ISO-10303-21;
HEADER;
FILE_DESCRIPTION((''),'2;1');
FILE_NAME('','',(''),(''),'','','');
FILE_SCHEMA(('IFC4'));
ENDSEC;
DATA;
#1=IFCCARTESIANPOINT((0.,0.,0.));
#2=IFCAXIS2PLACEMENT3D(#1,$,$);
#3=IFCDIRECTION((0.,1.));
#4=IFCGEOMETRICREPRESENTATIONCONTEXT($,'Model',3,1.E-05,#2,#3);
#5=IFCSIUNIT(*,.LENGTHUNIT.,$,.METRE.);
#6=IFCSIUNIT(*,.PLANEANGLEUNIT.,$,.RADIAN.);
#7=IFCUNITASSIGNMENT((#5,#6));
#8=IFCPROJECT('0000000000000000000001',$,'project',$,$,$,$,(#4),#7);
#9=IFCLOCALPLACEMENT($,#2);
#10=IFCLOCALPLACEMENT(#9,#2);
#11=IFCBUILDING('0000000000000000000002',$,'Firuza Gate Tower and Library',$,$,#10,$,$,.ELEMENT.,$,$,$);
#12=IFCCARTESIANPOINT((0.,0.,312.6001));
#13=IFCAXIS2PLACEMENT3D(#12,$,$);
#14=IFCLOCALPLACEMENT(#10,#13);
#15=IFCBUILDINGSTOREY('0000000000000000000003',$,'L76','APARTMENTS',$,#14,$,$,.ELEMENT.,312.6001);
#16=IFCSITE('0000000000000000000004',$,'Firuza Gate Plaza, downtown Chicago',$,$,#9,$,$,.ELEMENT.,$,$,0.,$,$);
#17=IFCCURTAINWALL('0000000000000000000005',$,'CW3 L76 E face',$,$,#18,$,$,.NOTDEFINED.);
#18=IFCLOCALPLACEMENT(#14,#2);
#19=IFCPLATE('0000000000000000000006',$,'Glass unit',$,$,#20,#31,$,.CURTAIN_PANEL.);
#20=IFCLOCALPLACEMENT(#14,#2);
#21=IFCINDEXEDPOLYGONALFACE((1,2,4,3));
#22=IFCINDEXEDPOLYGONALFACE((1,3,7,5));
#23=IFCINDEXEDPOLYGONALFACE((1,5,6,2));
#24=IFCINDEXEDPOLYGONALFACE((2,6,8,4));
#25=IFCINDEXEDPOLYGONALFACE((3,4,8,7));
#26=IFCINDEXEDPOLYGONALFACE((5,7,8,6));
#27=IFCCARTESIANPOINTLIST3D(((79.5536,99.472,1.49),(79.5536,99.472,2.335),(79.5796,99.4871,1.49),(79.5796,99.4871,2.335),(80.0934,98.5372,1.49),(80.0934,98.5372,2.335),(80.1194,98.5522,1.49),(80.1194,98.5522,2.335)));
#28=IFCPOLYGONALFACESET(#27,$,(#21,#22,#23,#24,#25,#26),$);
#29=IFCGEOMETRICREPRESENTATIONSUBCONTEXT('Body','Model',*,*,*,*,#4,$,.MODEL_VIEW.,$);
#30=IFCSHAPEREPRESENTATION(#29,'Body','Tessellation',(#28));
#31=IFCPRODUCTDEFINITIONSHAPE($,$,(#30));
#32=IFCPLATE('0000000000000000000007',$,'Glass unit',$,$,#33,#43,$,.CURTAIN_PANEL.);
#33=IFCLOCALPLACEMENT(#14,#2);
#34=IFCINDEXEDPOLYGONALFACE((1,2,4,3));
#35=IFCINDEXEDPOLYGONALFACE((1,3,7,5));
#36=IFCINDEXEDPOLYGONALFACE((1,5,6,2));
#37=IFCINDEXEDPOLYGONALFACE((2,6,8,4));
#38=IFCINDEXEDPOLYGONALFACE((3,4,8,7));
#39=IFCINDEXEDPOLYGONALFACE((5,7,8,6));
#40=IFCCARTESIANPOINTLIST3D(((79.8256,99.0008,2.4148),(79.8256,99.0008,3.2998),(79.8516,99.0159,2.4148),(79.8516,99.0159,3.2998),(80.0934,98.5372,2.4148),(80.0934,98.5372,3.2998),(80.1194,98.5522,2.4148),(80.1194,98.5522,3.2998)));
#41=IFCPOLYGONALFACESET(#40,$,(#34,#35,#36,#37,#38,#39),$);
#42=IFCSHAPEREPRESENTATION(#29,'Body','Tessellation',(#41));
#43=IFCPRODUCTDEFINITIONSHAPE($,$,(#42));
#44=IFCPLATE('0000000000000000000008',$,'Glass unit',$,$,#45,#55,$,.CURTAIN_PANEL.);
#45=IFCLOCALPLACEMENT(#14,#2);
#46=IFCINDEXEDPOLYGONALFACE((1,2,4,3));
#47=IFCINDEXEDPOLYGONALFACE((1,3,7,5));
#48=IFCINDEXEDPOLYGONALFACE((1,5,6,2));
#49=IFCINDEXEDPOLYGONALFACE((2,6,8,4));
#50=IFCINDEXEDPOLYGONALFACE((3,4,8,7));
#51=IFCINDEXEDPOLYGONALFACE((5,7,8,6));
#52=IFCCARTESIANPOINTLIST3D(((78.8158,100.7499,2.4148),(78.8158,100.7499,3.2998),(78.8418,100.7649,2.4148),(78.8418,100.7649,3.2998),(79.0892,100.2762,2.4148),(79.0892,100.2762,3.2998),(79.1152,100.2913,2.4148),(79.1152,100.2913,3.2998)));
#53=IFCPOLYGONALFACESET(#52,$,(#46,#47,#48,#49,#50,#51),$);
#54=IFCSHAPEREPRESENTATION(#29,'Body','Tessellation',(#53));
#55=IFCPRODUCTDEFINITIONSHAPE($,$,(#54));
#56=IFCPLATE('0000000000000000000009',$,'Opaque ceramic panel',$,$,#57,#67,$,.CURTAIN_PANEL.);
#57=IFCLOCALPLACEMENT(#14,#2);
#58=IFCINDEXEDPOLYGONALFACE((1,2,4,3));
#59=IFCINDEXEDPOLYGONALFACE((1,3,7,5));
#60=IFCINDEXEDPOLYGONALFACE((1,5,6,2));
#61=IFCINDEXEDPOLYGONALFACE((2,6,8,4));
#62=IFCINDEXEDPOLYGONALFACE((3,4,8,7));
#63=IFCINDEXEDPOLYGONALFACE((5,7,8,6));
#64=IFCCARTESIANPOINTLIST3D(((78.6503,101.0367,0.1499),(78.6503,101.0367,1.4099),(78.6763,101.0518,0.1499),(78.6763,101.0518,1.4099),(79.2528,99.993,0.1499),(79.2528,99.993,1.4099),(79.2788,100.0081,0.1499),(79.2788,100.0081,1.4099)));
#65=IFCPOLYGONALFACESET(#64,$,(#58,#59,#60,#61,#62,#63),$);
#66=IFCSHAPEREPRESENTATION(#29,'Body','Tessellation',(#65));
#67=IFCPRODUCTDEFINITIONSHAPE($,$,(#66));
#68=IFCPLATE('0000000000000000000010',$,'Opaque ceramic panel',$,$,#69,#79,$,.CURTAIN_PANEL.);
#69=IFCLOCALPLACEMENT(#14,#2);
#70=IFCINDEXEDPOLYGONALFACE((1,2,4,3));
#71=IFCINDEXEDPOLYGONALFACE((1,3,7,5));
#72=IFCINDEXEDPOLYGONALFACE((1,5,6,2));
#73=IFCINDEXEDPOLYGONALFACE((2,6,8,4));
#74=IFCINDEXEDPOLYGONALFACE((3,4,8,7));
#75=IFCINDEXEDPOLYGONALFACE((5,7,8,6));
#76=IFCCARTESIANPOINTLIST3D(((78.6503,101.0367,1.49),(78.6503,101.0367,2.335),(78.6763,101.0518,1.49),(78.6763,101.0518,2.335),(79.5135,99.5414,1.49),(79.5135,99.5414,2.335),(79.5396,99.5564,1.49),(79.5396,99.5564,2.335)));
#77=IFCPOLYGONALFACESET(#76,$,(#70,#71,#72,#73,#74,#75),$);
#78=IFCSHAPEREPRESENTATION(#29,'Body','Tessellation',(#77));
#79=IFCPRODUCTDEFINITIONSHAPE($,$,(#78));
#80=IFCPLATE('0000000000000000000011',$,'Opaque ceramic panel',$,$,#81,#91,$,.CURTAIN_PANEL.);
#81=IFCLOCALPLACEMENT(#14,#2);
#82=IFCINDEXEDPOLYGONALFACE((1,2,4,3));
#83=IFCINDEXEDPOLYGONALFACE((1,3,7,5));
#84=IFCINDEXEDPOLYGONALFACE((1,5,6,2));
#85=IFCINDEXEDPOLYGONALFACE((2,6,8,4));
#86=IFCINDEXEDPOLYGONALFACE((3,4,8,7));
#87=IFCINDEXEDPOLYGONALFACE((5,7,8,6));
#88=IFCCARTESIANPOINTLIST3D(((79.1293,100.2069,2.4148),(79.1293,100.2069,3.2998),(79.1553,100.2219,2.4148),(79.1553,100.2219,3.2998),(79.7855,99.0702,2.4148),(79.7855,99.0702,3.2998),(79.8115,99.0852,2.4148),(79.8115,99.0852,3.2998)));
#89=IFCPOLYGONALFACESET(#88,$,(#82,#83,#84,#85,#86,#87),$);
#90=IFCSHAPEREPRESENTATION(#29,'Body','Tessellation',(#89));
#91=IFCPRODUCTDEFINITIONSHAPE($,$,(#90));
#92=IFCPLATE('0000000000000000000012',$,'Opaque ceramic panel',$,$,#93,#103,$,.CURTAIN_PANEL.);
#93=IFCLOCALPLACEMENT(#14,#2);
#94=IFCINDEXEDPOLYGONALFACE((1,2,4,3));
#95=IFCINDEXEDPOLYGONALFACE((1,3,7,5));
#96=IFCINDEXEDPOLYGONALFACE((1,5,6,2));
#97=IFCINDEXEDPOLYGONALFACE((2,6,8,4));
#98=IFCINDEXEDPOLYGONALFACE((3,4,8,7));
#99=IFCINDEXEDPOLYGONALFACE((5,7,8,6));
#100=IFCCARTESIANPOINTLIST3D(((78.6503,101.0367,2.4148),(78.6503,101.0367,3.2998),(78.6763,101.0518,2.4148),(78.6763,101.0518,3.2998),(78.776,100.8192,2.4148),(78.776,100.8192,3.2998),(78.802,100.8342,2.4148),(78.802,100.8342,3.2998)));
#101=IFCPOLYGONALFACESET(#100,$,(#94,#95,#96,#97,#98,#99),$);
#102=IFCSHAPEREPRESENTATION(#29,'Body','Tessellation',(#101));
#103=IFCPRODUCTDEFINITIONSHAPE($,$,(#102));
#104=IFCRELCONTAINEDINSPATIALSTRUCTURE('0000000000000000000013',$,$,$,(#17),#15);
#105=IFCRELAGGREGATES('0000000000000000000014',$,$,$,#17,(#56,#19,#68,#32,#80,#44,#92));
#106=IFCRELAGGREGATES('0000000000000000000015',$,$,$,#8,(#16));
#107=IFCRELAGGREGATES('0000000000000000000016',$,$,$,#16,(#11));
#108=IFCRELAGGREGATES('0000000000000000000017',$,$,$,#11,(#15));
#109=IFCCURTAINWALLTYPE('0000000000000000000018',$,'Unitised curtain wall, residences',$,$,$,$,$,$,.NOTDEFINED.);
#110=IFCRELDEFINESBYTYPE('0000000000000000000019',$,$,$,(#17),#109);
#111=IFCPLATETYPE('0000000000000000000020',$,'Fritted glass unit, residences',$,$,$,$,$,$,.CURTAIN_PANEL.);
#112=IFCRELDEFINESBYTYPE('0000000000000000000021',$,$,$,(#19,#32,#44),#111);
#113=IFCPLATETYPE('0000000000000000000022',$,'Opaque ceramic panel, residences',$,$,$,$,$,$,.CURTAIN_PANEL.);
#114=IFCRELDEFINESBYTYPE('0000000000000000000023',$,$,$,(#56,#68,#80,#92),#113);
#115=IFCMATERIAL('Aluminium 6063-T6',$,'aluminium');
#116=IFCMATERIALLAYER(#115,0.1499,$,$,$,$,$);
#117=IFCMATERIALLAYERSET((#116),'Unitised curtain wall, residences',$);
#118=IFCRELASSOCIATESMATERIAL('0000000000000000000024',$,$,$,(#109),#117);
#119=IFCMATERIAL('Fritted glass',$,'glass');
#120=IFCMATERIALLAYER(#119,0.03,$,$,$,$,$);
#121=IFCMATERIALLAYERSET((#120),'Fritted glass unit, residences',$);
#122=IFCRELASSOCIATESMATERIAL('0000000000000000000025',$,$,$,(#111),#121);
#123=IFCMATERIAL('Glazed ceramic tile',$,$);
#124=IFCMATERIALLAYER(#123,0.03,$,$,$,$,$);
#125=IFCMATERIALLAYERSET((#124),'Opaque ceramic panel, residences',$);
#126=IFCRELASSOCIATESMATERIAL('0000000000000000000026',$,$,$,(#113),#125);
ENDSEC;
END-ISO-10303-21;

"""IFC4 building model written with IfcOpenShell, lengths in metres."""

from ifc_helpers import new_model, si_unit, direction, frame, origin, place, context, subcontext, project, spatial, polyline, outline, extrude, material, layer, layer_set, type_object, element, aggregate, save


model = new_model("IFC4")

# Units and contexts
model_context = context("Model", 3, precision=1e-05, world=origin(), true_north=direction((0.0, 1.0)))
body_context = subcontext(model_context, "Body", "Model", "MODEL_VIEW")
ifc_project = project(units=[si_unit("LENGTHUNIT", "METRE"), si_unit("PLANEANGLEUNIT", "RADIAN")], contexts=[model_context])

# Site, building, storey
site_placement = place(None, origin())
site = spatial("IfcSite", under=ifc_project, at=site_placement, Name="Firuza Gate Plaza, downtown Chicago", CompositionType="ELEMENT", RefElevation=0.0)
building_placement = place(site_placement, origin())
building = spatial("IfcBuilding", under=site, at=building_placement, Name="Firuza Gate Tower and Library", CompositionType="ELEMENT")
storey_placement = place(building_placement, frame((0.0, 0.0, 312.6001)))
storey = spatial("IfcBuildingStorey", under=building, at=storey_placement, Name="L76", Description="APARTMENTS", CompositionType="ELEMENT", Elevation=312.6001)

# Curtain wall
ifc_material_1 = material(Name="Aluminium 6063-T6", Category="aluminium")
ifc_layer_1 = layer(ifc_material_1, 0.1499)
ifc_layer_set_1 = layer_set([ifc_layer_1], Name="Unitised curtain wall, residences")
curtain_wall_type_1 = type_object("IfcCurtainWallType", Name="Unitised curtain wall, residences", PredefinedType="NOTDEFINED", material=ifc_layer_set_1)
placement = place(storey_placement, origin())
curtain_wall_1 = element("IfcCurtainWall", 1, at=placement, inside=storey, type_object=curtain_wall_type_1, Name="CW3 L76 E face", PredefinedType="NOTDEFINED")

# Plates
ifc_material_2 = material(Name="Fritted glass", Category="glass")
ifc_layer_2 = layer(ifc_material_2, 0.03)
ifc_layer_set_2 = layer_set([ifc_layer_2], Name="Fritted glass unit, residences")
plate_type_1 = type_object("IfcPlateType", Name="Fritted glass unit, residences", PredefinedType="CURTAIN_PANEL", material=ifc_layer_set_2)
plate_1_placement = place(storey_placement, frame((80.1194, 98.5522, 1.49), z_axis=(0.865993, 0.500055, 0.0), x_axis=(-0.500055, 0.865993, 0.0)))
plate_1 = element("IfcPlate", 2, at=plate_1_placement, type_object=plate_type_1, Name="Glass unit", PredefinedType="CURTAIN_PANEL", context=body_context, shape_type="SweptSolid", body=[
    extrude(outline(polyline([(0.0, 0.0), (1.0795, 0.0), (1.0795, 0.845), (0.0, 0.845), (0.0, 0.0)])), origin(), (0.0, 0.0, -1.0), 0.03),
])
plate_2_placement = place(storey_placement, frame((80.1194, 98.5522, 2.4148), z_axis=(0.865905, 0.500209, 0.0), x_axis=(-0.500209, 0.865905, 0.0)))
plate_2 = element("IfcPlate", 3, at=plate_2_placement, type_object=plate_type_1, Name="Glass unit", PredefinedType="CURTAIN_PANEL", context=body_context, shape_type="SweptSolid", body=[
    extrude(outline(polyline([(0.0, 0.0), (0.5354, 0.0), (0.5354, 0.885), (0.0, 0.885), (0.0, 0.0)])), origin(), (0.0, 0.0, -1.0), 0.03),
])
plate_3_placement = place(storey_placement, frame((79.1152, 100.2913, 2.4148), z_axis=(0.866037, 0.49998, 0.0), x_axis=(-0.49998, 0.866037, 0.0)))
plate_3 = element("IfcPlate", 4, at=plate_3_placement, type_object=plate_type_1, Name="Glass unit", PredefinedType="CURTAIN_PANEL", context=body_context, shape_type="SweptSolid", body=[
    extrude(outline(polyline([(0.0, 0.0), (0.5469, 0.0), (0.5469, 0.885), (0.0, 0.885), (0.0, 0.0)])), origin(), (0.0, 0.0, -1.0), 0.03),
])
ifc_material_3 = material(Name="Glazed ceramic tile")
ifc_layer_3 = layer(ifc_material_3, 0.03)
ifc_layer_set_3 = layer_set([ifc_layer_3], Name="Opaque ceramic panel, residences")
plate_type_2 = type_object("IfcPlateType", Name="Opaque ceramic panel, residences", PredefinedType="CURTAIN_PANEL", material=ifc_layer_set_3)
plate_4_placement = place(storey_placement, frame((79.2788, 100.0081, 0.1499), z_axis=(0.866041, 0.499974, 0.0), x_axis=(-0.499974, 0.866041, 0.0)))
plate_4 = element("IfcPlate", 5, at=plate_4_placement, type_object=plate_type_2, Name="Opaque ceramic panel", PredefinedType="CURTAIN_PANEL", context=body_context, shape_type="SweptSolid", body=[
    extrude(outline(polyline([(0.0, 0.0), (1.2051, 0.0), (1.2051, 1.26), (0.0, 1.26), (0.0, 0.0)])), origin(), (0.0, 0.0, -1.0), 0.03),
])
plate_5_placement = place(storey_placement, frame((79.5396, 99.5564, 1.49), z_axis=(0.866042, 0.499971, 0.0), x_axis=(-0.499971, 0.866042, 0.0)))
plate_5 = element("IfcPlate", 6, at=plate_5_placement, type_object=plate_type_2, Name="Opaque ceramic panel", PredefinedType="CURTAIN_PANEL", context=body_context, shape_type="SweptSolid", body=[
    extrude(outline(polyline([(0.0, 0.0), (1.7267, 0.0), (1.7267, 0.845), (0.0, 0.845), (0.0, 0.0)])), origin(), (0.0, 0.0, -1.0), 0.03),
])
plate_6_placement = place(storey_placement, frame((79.8115, 99.0852, 2.4148), z_axis=(0.866037, 0.49998, 0.0), x_axis=(-0.49998, 0.866037, 0.0)))
plate_6 = element("IfcPlate", 7, at=plate_6_placement, type_object=plate_type_2, Name="Opaque ceramic panel", PredefinedType="CURTAIN_PANEL", context=body_context, shape_type="SweptSolid", body=[
    extrude(outline(polyline([(0.0, 0.0), (1.3126, 0.0), (1.3126, 0.885), (0.0, 0.885), (0.0, 0.0)])), origin(), (0.0, 0.0, -1.0), 0.03),
])
plate_7_placement = place(storey_placement, frame((78.802, 100.8342, 2.4148), z_axis=(0.865781, 0.500423, 0.0), x_axis=(-0.500423, 0.865781, 0.0)))
plate_7 = element("IfcPlate", 8, at=plate_7_placement, type_object=plate_type_2, Name="Opaque ceramic panel", PredefinedType="CURTAIN_PANEL", context=body_context, shape_type="SweptSolid", body=[
    extrude(outline(polyline([(0.0, 0.0), (0.2513, 0.0), (0.2513, 0.885), (0.0, 0.885), (0.0, 0.0)])), origin(), (0.0, 0.0, -1.0), 0.03),
])
aggregate(curtain_wall_1, [plate_4, plate_1, plate_5, plate_2, plate_6, plate_3, plate_7])

save(model, "model.ifc")
